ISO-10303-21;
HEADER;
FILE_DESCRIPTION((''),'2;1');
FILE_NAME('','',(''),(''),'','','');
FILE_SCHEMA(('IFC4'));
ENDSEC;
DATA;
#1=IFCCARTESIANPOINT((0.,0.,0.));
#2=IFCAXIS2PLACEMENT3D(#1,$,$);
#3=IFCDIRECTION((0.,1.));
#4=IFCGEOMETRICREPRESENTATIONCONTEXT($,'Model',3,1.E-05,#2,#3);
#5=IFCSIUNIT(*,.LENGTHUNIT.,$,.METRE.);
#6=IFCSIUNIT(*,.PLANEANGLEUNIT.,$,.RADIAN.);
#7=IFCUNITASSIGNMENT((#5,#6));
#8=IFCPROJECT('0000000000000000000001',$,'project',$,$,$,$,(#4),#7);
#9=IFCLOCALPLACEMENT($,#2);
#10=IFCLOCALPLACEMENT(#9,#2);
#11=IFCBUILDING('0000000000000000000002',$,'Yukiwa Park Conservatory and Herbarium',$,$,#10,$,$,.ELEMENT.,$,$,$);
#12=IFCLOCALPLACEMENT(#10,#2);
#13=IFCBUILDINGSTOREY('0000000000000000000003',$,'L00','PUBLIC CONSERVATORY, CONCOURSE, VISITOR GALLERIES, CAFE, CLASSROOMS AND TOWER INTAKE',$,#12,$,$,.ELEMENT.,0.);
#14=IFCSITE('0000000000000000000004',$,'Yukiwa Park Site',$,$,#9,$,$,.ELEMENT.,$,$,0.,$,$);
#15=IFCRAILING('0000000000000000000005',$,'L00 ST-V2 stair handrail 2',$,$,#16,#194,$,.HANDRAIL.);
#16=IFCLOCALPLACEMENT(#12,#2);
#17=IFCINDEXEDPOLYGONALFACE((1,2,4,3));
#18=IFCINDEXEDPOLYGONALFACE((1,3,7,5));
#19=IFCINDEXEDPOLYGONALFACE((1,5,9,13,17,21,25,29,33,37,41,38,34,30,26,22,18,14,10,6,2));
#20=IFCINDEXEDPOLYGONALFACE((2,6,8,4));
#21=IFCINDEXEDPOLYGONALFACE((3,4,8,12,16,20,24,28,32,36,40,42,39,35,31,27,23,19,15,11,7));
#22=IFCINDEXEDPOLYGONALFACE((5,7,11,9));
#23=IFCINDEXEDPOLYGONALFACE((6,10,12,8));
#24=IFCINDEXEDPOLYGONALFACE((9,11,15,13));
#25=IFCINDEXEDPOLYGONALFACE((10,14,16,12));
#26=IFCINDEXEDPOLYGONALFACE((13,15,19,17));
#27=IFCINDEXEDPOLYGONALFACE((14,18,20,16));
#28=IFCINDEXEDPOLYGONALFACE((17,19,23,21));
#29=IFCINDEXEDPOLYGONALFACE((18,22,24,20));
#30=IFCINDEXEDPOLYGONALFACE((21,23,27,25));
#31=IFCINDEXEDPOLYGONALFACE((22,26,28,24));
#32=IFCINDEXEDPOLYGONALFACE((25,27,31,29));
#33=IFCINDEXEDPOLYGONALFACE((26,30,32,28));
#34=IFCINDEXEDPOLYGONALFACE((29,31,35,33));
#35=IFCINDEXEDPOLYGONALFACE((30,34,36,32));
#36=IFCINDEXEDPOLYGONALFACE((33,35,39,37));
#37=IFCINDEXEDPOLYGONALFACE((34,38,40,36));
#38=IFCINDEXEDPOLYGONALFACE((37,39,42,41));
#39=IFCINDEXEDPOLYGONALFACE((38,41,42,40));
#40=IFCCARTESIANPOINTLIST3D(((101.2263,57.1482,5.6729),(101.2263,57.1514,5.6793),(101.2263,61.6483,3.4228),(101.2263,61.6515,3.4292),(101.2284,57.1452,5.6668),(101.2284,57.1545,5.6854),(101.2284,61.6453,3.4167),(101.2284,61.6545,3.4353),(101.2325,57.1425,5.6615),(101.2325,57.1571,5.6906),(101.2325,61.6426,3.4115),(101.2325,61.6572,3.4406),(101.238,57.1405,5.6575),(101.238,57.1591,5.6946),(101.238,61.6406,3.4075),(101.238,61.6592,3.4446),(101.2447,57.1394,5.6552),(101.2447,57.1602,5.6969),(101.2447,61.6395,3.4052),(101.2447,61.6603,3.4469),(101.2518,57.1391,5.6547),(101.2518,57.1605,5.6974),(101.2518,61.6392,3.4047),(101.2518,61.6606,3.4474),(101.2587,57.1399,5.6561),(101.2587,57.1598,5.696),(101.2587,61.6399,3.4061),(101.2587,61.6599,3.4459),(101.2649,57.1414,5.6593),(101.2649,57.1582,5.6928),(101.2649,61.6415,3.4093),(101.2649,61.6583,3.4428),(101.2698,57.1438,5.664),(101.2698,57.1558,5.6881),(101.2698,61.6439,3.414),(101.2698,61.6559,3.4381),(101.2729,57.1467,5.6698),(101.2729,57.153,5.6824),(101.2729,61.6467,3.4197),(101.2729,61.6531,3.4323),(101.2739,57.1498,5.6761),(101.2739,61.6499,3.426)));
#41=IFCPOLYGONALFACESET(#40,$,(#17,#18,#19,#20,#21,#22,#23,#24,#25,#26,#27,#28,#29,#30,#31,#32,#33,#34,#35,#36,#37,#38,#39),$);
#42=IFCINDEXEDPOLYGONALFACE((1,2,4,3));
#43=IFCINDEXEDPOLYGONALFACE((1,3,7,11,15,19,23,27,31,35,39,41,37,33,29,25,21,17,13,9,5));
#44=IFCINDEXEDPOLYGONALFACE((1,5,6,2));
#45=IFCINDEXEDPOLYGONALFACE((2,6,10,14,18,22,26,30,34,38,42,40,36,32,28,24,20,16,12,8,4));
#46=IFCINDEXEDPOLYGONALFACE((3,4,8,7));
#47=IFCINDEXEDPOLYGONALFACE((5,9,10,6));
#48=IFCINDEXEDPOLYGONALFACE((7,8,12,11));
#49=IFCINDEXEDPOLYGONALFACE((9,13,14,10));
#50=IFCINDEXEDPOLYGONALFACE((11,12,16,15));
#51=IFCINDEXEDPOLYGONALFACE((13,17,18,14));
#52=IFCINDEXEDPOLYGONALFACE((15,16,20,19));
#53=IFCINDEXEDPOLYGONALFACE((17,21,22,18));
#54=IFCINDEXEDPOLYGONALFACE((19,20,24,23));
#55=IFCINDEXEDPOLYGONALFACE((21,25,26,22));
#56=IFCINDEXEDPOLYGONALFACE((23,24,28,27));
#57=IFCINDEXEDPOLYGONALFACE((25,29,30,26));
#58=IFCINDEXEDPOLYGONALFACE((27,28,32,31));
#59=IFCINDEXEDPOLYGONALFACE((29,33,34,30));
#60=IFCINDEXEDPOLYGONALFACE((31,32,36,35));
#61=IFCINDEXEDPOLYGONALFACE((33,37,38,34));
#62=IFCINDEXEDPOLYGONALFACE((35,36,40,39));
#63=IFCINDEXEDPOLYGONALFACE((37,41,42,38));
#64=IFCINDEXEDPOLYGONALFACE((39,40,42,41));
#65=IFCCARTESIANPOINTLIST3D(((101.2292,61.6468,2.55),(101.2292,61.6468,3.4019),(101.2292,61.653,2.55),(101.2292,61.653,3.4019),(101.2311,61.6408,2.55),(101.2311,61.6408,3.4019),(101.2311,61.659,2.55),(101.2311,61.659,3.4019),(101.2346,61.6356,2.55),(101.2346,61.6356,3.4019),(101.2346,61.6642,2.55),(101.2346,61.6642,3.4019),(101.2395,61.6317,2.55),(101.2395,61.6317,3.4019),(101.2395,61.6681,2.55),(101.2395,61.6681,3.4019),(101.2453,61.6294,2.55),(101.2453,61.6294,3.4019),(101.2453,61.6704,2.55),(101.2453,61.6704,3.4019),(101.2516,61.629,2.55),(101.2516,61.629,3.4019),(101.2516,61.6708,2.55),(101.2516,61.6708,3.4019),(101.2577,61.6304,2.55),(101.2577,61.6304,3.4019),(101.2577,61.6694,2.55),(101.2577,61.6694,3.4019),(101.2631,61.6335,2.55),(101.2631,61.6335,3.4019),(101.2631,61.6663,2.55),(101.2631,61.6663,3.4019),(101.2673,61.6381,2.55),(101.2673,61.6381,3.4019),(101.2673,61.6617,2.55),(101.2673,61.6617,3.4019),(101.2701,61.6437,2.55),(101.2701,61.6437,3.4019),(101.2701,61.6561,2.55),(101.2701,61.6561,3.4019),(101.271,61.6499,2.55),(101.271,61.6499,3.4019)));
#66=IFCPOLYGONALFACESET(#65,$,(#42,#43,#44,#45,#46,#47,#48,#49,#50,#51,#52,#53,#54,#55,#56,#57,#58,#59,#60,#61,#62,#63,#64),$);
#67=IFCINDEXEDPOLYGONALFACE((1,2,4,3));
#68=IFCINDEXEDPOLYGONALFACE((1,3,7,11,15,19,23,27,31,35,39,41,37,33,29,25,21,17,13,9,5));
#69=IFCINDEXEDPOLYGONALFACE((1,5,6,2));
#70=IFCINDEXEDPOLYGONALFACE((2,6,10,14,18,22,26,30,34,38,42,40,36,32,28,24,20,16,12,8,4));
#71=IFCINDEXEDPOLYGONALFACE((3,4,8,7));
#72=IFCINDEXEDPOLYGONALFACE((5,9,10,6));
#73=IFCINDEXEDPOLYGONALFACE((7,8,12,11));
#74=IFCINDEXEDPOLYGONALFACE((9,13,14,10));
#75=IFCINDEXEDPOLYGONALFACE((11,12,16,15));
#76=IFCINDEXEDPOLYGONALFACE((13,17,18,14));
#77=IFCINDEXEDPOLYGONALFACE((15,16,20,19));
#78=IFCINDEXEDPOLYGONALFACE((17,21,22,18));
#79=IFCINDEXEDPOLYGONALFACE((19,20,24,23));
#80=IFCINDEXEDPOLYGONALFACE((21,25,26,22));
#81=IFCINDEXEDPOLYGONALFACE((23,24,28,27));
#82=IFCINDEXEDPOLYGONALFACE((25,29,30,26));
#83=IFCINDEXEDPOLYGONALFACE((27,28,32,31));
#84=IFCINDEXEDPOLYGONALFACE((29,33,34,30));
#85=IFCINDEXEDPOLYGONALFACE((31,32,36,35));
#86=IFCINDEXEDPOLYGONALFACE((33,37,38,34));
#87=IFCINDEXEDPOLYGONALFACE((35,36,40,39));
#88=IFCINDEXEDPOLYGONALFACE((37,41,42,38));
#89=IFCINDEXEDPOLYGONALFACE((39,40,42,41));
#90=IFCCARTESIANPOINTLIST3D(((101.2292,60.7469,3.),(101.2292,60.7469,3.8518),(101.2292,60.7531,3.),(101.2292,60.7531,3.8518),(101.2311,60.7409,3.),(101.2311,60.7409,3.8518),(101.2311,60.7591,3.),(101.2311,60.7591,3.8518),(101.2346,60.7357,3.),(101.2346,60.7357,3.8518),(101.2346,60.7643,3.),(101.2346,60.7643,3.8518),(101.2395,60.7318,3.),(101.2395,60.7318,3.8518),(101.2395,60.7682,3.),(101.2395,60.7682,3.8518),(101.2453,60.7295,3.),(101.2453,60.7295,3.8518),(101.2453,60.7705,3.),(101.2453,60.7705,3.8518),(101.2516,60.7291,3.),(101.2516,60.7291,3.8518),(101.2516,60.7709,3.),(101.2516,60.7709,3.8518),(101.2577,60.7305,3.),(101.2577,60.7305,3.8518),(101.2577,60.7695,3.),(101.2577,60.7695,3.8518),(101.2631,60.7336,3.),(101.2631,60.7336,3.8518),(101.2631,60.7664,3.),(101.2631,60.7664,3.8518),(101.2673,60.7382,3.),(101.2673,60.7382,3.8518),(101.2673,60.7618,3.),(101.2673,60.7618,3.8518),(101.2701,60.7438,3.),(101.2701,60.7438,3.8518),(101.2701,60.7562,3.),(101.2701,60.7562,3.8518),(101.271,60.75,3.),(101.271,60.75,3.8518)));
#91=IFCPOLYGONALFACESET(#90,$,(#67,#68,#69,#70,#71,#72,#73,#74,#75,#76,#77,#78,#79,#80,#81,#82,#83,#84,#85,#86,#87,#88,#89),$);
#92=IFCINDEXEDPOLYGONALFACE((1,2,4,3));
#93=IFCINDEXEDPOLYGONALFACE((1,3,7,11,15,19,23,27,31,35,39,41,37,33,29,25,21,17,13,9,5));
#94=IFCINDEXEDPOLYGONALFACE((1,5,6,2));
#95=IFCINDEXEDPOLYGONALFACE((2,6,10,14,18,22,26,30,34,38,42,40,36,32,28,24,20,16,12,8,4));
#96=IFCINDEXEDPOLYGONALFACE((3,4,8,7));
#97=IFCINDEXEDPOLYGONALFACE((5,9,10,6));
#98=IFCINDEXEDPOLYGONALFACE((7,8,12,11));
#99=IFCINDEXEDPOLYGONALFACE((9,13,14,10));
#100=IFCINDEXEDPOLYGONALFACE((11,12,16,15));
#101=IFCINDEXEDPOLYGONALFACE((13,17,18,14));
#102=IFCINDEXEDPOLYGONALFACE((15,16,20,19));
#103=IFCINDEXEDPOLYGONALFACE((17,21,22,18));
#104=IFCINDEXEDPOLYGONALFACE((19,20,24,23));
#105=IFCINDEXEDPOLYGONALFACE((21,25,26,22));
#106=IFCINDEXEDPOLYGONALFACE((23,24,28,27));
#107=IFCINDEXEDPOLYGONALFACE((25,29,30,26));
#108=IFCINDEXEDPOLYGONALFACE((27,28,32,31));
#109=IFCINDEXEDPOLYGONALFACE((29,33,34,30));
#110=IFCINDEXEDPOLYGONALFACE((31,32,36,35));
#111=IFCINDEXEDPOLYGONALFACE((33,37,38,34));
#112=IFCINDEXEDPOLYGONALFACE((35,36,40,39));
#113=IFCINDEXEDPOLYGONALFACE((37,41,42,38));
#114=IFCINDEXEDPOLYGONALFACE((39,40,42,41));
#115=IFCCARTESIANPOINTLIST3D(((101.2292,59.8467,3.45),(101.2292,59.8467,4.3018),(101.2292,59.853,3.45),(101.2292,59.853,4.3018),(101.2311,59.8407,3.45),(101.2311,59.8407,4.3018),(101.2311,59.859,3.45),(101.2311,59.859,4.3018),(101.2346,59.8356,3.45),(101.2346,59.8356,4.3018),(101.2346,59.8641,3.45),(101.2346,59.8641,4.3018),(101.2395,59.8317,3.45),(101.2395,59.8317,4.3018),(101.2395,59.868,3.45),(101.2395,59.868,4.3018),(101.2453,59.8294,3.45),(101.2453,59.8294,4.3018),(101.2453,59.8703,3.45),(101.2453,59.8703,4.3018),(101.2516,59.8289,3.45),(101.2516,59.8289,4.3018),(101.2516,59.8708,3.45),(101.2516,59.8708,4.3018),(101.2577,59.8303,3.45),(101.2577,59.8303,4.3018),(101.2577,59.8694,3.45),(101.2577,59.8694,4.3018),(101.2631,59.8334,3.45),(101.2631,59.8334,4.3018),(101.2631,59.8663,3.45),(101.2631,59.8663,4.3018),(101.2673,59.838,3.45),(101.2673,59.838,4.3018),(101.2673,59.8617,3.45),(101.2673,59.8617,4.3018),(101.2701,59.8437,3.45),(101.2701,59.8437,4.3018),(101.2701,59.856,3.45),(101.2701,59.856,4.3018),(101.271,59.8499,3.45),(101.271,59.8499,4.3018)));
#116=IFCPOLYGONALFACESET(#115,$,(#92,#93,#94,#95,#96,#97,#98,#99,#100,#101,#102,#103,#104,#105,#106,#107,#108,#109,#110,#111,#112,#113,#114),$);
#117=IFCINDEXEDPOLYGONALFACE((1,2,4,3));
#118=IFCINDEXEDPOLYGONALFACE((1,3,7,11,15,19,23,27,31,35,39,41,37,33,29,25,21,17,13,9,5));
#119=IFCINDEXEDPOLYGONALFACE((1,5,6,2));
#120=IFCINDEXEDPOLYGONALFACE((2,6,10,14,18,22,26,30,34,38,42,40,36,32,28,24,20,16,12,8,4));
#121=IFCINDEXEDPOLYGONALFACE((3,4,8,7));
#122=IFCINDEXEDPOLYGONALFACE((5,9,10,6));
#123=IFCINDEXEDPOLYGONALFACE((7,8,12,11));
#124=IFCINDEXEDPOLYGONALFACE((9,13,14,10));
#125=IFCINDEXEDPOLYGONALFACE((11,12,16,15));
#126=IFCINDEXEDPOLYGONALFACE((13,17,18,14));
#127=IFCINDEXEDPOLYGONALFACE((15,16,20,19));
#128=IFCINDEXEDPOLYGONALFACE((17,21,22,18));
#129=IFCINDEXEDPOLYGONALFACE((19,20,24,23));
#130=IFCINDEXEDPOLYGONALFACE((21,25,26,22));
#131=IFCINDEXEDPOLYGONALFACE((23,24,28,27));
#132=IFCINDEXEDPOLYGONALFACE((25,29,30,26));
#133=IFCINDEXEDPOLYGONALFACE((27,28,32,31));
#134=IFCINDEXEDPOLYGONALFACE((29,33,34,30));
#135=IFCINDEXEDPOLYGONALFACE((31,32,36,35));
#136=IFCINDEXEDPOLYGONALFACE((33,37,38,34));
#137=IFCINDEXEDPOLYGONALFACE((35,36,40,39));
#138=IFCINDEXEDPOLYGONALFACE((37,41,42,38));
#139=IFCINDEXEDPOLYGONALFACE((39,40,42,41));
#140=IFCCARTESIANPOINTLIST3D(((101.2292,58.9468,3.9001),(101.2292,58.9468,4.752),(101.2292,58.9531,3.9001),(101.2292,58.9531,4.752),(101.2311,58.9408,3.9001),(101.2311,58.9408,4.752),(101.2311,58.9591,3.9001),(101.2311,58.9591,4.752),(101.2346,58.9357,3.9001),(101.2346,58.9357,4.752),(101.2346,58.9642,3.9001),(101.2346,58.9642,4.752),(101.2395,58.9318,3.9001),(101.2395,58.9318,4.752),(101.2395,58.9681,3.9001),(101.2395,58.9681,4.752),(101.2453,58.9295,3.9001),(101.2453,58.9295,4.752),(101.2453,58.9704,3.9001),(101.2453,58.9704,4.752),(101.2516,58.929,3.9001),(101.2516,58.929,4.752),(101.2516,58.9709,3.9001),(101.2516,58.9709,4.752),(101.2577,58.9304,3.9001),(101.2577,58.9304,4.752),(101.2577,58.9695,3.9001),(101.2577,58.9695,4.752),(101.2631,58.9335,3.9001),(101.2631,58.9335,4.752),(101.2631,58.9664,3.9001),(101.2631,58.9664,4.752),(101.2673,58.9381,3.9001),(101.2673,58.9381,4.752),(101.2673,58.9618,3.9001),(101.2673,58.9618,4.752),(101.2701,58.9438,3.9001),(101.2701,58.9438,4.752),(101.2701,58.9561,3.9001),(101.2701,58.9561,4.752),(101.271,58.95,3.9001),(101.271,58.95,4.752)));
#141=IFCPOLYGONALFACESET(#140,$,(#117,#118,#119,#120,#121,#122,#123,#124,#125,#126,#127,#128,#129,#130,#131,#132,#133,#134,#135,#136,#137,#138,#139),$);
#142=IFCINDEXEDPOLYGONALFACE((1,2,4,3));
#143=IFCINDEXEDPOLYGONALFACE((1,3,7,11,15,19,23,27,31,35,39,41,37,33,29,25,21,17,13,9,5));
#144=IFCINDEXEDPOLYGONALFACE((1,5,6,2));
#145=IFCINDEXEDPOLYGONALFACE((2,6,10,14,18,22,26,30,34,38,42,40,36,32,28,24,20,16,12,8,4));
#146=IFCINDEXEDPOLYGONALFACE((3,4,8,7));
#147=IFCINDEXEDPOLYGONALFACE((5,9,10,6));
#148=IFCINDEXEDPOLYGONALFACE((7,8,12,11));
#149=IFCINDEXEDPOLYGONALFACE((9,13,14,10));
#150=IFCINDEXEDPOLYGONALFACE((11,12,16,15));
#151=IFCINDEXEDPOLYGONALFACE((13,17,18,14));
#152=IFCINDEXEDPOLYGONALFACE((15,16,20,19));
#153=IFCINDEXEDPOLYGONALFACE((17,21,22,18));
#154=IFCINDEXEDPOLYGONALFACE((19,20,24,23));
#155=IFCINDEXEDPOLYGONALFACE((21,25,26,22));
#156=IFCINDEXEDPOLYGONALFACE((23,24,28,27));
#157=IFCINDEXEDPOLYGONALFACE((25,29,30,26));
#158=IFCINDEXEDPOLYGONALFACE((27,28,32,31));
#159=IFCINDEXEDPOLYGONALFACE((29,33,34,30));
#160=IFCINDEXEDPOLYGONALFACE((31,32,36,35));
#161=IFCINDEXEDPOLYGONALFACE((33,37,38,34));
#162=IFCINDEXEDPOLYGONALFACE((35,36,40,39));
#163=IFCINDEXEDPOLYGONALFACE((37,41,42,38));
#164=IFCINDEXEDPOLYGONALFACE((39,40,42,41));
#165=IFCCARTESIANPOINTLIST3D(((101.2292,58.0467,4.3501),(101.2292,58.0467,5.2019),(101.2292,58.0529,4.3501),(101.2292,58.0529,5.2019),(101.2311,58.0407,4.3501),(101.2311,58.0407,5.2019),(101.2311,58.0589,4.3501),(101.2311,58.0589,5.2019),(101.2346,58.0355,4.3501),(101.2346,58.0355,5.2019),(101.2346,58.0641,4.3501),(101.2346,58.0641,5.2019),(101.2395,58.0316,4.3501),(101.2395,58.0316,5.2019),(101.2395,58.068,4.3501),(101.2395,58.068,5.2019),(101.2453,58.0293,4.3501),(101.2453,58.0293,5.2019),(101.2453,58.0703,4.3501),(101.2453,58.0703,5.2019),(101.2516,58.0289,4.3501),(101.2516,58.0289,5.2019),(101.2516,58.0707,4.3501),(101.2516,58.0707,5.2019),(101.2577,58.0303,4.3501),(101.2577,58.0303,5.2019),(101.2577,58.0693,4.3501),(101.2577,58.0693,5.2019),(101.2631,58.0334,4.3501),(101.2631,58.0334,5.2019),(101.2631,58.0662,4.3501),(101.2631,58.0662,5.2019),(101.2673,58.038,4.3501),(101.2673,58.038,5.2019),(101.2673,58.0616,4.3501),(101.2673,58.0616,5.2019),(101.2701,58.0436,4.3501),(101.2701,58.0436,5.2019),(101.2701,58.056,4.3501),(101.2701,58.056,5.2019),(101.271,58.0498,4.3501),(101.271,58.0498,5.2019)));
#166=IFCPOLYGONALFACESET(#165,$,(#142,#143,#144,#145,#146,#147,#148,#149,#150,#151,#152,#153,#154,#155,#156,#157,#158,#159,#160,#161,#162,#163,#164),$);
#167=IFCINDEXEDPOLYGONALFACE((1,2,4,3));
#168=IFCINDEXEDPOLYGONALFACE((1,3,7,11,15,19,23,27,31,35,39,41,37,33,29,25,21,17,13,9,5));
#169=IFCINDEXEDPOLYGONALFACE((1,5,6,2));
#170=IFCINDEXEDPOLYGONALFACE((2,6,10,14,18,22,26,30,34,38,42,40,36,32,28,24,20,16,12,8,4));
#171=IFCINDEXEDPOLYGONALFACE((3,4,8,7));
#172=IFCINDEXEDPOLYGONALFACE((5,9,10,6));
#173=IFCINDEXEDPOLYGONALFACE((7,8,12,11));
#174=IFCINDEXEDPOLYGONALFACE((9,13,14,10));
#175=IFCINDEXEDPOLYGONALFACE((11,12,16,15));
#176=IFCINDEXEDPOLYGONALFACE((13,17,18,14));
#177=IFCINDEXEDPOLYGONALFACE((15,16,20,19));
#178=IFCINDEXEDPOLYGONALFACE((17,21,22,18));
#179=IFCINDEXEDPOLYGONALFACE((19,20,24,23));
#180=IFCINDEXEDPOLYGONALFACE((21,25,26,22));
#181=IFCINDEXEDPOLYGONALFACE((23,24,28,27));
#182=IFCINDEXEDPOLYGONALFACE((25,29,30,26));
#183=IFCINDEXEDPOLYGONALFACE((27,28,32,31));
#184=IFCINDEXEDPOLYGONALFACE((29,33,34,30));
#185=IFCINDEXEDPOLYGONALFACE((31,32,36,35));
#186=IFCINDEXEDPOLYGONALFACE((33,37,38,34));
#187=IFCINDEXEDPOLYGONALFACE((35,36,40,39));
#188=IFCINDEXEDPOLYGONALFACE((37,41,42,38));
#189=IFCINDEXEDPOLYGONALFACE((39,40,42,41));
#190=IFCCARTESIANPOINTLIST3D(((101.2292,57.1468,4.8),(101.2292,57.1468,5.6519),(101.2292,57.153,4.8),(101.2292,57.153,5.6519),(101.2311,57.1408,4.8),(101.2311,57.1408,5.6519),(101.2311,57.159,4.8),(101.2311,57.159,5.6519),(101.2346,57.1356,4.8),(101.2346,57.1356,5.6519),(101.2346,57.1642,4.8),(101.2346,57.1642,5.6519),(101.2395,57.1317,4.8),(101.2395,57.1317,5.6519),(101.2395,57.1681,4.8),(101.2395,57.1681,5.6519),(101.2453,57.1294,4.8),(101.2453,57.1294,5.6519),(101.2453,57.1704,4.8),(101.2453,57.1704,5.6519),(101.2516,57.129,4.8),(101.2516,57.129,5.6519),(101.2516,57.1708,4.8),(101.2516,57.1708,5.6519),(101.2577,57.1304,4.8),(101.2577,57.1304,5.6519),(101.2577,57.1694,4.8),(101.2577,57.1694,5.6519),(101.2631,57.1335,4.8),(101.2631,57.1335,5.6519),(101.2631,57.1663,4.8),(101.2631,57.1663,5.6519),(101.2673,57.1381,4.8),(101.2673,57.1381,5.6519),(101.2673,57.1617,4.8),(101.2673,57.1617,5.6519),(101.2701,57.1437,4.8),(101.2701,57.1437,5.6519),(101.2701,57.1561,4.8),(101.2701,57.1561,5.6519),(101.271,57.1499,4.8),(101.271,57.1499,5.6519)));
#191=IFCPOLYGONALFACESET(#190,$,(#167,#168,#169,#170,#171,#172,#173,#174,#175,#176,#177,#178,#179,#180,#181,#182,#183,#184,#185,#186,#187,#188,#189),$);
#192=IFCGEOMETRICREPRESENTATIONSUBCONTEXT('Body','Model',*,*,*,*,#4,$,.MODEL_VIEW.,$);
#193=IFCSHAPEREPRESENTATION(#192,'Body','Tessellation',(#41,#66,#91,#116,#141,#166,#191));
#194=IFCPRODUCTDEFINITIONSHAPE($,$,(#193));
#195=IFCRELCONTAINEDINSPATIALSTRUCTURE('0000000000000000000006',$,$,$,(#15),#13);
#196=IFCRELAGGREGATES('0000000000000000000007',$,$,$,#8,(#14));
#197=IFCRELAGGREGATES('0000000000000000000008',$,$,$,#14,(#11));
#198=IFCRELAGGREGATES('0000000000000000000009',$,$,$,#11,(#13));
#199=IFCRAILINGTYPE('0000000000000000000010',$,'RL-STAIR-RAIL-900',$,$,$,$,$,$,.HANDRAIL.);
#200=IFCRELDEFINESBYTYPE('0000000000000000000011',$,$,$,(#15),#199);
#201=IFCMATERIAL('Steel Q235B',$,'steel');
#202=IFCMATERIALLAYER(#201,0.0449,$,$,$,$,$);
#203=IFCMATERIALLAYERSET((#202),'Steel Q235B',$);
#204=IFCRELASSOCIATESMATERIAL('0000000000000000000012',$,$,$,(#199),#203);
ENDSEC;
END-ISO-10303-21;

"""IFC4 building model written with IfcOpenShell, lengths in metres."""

from ifc_helpers import new_model, si_unit, direction, frame, origin, origin_2d, place, context, subcontext, project, spatial, circle, extrude, material, layer, layer_set, type_object, element, save


model = new_model("IFC4")

# Units and contexts
model_context = context("Model", 3, precision=1e-05, world=origin(), true_north=direction((0.0, 1.0)))
body_context = subcontext(model_context, "Body", "Model", "MODEL_VIEW")
ifc_project = project(units=[si_unit("LENGTHUNIT", "METRE"), si_unit("PLANEANGLEUNIT", "RADIAN")], contexts=[model_context])

# Site, building, storey
site_placement = place(None, origin())
site = spatial("IfcSite", under=ifc_project, at=site_placement, Name="Yukiwa Park Site", CompositionType="ELEMENT", RefElevation=0.0)
building_placement = place(site_placement, origin())
building = spatial("IfcBuilding", under=site, at=building_placement, Name="Yukiwa Park Conservatory and Herbarium", CompositionType="ELEMENT")
storey_placement = place(building_placement, origin())
storey = spatial("IfcBuildingStorey", under=building, at=storey_placement, Name="L00", Description="PUBLIC CONSERVATORY, CONCOURSE, VISITOR GALLERIES, CAFE, CLASSROOMS AND TOWER INTAKE", CompositionType="ELEMENT", Elevation=0.0)

# Railing
ifc_material_1 = material(Name="Steel Q235B", Category="steel")
ifc_layer_1 = layer(ifc_material_1, 0.0449)
ifc_layer_set_1 = layer_set([ifc_layer_1], Name="Steel Q235B")
railing_type_1 = type_object("IfcRailingType", Name="RL-STAIR-RAIL-900", PredefinedType="HANDRAIL", material=ifc_layer_set_1)
railing_1_placement = place(storey_placement, frame((101.25, 61.6499, 2.55)))
element("IfcRailing", 1, at=railing_1_placement, inside=storey, type_object=railing_type_1, Name="L00 ST-V2 stair handrail 2", PredefinedType="HANDRAIL", context=body_context, shape_type="SweptSolid", body=[
    extrude(circle(Radius=0.0239, at=origin_2d()), frame((0.0, 0.0, 0.876), z_axis=(0.0, -0.894427, 0.447214), x_axis=(1.0, 0.0, 0.0)), (0.0, 0.0, 1.0), 5.0312),
    extrude(circle(Radius=0.021, at=origin_2d()), origin(), (0.0, 0.0, 1.0), 0.8518),
    extrude(circle(Radius=0.021, at=origin_2d()), frame((0.0, -0.8999, 0.45)), (0.0, 0.0, 1.0), 0.8518),
    extrude(circle(Radius=0.021, at=origin_2d()), frame((0.0, -1.8, 0.8999)), (0.0, 0.0, 1.0), 0.8518),
    extrude(circle(Radius=0.021, at=origin_2d()), frame((0.0, -2.7, 1.3501)), (0.0, 0.0, 1.0), 0.8518),
    extrude(circle(Radius=0.021, at=origin_2d()), frame((0.0, -3.6001, 1.8)), (0.0, 0.0, 1.0), 0.8518),
    extrude(circle(Radius=0.021, at=origin_2d()), frame((0.0, -4.5, 2.25)), (0.0, 0.0, 1.0), 0.8518),
])

save(model, "model.ifc")
